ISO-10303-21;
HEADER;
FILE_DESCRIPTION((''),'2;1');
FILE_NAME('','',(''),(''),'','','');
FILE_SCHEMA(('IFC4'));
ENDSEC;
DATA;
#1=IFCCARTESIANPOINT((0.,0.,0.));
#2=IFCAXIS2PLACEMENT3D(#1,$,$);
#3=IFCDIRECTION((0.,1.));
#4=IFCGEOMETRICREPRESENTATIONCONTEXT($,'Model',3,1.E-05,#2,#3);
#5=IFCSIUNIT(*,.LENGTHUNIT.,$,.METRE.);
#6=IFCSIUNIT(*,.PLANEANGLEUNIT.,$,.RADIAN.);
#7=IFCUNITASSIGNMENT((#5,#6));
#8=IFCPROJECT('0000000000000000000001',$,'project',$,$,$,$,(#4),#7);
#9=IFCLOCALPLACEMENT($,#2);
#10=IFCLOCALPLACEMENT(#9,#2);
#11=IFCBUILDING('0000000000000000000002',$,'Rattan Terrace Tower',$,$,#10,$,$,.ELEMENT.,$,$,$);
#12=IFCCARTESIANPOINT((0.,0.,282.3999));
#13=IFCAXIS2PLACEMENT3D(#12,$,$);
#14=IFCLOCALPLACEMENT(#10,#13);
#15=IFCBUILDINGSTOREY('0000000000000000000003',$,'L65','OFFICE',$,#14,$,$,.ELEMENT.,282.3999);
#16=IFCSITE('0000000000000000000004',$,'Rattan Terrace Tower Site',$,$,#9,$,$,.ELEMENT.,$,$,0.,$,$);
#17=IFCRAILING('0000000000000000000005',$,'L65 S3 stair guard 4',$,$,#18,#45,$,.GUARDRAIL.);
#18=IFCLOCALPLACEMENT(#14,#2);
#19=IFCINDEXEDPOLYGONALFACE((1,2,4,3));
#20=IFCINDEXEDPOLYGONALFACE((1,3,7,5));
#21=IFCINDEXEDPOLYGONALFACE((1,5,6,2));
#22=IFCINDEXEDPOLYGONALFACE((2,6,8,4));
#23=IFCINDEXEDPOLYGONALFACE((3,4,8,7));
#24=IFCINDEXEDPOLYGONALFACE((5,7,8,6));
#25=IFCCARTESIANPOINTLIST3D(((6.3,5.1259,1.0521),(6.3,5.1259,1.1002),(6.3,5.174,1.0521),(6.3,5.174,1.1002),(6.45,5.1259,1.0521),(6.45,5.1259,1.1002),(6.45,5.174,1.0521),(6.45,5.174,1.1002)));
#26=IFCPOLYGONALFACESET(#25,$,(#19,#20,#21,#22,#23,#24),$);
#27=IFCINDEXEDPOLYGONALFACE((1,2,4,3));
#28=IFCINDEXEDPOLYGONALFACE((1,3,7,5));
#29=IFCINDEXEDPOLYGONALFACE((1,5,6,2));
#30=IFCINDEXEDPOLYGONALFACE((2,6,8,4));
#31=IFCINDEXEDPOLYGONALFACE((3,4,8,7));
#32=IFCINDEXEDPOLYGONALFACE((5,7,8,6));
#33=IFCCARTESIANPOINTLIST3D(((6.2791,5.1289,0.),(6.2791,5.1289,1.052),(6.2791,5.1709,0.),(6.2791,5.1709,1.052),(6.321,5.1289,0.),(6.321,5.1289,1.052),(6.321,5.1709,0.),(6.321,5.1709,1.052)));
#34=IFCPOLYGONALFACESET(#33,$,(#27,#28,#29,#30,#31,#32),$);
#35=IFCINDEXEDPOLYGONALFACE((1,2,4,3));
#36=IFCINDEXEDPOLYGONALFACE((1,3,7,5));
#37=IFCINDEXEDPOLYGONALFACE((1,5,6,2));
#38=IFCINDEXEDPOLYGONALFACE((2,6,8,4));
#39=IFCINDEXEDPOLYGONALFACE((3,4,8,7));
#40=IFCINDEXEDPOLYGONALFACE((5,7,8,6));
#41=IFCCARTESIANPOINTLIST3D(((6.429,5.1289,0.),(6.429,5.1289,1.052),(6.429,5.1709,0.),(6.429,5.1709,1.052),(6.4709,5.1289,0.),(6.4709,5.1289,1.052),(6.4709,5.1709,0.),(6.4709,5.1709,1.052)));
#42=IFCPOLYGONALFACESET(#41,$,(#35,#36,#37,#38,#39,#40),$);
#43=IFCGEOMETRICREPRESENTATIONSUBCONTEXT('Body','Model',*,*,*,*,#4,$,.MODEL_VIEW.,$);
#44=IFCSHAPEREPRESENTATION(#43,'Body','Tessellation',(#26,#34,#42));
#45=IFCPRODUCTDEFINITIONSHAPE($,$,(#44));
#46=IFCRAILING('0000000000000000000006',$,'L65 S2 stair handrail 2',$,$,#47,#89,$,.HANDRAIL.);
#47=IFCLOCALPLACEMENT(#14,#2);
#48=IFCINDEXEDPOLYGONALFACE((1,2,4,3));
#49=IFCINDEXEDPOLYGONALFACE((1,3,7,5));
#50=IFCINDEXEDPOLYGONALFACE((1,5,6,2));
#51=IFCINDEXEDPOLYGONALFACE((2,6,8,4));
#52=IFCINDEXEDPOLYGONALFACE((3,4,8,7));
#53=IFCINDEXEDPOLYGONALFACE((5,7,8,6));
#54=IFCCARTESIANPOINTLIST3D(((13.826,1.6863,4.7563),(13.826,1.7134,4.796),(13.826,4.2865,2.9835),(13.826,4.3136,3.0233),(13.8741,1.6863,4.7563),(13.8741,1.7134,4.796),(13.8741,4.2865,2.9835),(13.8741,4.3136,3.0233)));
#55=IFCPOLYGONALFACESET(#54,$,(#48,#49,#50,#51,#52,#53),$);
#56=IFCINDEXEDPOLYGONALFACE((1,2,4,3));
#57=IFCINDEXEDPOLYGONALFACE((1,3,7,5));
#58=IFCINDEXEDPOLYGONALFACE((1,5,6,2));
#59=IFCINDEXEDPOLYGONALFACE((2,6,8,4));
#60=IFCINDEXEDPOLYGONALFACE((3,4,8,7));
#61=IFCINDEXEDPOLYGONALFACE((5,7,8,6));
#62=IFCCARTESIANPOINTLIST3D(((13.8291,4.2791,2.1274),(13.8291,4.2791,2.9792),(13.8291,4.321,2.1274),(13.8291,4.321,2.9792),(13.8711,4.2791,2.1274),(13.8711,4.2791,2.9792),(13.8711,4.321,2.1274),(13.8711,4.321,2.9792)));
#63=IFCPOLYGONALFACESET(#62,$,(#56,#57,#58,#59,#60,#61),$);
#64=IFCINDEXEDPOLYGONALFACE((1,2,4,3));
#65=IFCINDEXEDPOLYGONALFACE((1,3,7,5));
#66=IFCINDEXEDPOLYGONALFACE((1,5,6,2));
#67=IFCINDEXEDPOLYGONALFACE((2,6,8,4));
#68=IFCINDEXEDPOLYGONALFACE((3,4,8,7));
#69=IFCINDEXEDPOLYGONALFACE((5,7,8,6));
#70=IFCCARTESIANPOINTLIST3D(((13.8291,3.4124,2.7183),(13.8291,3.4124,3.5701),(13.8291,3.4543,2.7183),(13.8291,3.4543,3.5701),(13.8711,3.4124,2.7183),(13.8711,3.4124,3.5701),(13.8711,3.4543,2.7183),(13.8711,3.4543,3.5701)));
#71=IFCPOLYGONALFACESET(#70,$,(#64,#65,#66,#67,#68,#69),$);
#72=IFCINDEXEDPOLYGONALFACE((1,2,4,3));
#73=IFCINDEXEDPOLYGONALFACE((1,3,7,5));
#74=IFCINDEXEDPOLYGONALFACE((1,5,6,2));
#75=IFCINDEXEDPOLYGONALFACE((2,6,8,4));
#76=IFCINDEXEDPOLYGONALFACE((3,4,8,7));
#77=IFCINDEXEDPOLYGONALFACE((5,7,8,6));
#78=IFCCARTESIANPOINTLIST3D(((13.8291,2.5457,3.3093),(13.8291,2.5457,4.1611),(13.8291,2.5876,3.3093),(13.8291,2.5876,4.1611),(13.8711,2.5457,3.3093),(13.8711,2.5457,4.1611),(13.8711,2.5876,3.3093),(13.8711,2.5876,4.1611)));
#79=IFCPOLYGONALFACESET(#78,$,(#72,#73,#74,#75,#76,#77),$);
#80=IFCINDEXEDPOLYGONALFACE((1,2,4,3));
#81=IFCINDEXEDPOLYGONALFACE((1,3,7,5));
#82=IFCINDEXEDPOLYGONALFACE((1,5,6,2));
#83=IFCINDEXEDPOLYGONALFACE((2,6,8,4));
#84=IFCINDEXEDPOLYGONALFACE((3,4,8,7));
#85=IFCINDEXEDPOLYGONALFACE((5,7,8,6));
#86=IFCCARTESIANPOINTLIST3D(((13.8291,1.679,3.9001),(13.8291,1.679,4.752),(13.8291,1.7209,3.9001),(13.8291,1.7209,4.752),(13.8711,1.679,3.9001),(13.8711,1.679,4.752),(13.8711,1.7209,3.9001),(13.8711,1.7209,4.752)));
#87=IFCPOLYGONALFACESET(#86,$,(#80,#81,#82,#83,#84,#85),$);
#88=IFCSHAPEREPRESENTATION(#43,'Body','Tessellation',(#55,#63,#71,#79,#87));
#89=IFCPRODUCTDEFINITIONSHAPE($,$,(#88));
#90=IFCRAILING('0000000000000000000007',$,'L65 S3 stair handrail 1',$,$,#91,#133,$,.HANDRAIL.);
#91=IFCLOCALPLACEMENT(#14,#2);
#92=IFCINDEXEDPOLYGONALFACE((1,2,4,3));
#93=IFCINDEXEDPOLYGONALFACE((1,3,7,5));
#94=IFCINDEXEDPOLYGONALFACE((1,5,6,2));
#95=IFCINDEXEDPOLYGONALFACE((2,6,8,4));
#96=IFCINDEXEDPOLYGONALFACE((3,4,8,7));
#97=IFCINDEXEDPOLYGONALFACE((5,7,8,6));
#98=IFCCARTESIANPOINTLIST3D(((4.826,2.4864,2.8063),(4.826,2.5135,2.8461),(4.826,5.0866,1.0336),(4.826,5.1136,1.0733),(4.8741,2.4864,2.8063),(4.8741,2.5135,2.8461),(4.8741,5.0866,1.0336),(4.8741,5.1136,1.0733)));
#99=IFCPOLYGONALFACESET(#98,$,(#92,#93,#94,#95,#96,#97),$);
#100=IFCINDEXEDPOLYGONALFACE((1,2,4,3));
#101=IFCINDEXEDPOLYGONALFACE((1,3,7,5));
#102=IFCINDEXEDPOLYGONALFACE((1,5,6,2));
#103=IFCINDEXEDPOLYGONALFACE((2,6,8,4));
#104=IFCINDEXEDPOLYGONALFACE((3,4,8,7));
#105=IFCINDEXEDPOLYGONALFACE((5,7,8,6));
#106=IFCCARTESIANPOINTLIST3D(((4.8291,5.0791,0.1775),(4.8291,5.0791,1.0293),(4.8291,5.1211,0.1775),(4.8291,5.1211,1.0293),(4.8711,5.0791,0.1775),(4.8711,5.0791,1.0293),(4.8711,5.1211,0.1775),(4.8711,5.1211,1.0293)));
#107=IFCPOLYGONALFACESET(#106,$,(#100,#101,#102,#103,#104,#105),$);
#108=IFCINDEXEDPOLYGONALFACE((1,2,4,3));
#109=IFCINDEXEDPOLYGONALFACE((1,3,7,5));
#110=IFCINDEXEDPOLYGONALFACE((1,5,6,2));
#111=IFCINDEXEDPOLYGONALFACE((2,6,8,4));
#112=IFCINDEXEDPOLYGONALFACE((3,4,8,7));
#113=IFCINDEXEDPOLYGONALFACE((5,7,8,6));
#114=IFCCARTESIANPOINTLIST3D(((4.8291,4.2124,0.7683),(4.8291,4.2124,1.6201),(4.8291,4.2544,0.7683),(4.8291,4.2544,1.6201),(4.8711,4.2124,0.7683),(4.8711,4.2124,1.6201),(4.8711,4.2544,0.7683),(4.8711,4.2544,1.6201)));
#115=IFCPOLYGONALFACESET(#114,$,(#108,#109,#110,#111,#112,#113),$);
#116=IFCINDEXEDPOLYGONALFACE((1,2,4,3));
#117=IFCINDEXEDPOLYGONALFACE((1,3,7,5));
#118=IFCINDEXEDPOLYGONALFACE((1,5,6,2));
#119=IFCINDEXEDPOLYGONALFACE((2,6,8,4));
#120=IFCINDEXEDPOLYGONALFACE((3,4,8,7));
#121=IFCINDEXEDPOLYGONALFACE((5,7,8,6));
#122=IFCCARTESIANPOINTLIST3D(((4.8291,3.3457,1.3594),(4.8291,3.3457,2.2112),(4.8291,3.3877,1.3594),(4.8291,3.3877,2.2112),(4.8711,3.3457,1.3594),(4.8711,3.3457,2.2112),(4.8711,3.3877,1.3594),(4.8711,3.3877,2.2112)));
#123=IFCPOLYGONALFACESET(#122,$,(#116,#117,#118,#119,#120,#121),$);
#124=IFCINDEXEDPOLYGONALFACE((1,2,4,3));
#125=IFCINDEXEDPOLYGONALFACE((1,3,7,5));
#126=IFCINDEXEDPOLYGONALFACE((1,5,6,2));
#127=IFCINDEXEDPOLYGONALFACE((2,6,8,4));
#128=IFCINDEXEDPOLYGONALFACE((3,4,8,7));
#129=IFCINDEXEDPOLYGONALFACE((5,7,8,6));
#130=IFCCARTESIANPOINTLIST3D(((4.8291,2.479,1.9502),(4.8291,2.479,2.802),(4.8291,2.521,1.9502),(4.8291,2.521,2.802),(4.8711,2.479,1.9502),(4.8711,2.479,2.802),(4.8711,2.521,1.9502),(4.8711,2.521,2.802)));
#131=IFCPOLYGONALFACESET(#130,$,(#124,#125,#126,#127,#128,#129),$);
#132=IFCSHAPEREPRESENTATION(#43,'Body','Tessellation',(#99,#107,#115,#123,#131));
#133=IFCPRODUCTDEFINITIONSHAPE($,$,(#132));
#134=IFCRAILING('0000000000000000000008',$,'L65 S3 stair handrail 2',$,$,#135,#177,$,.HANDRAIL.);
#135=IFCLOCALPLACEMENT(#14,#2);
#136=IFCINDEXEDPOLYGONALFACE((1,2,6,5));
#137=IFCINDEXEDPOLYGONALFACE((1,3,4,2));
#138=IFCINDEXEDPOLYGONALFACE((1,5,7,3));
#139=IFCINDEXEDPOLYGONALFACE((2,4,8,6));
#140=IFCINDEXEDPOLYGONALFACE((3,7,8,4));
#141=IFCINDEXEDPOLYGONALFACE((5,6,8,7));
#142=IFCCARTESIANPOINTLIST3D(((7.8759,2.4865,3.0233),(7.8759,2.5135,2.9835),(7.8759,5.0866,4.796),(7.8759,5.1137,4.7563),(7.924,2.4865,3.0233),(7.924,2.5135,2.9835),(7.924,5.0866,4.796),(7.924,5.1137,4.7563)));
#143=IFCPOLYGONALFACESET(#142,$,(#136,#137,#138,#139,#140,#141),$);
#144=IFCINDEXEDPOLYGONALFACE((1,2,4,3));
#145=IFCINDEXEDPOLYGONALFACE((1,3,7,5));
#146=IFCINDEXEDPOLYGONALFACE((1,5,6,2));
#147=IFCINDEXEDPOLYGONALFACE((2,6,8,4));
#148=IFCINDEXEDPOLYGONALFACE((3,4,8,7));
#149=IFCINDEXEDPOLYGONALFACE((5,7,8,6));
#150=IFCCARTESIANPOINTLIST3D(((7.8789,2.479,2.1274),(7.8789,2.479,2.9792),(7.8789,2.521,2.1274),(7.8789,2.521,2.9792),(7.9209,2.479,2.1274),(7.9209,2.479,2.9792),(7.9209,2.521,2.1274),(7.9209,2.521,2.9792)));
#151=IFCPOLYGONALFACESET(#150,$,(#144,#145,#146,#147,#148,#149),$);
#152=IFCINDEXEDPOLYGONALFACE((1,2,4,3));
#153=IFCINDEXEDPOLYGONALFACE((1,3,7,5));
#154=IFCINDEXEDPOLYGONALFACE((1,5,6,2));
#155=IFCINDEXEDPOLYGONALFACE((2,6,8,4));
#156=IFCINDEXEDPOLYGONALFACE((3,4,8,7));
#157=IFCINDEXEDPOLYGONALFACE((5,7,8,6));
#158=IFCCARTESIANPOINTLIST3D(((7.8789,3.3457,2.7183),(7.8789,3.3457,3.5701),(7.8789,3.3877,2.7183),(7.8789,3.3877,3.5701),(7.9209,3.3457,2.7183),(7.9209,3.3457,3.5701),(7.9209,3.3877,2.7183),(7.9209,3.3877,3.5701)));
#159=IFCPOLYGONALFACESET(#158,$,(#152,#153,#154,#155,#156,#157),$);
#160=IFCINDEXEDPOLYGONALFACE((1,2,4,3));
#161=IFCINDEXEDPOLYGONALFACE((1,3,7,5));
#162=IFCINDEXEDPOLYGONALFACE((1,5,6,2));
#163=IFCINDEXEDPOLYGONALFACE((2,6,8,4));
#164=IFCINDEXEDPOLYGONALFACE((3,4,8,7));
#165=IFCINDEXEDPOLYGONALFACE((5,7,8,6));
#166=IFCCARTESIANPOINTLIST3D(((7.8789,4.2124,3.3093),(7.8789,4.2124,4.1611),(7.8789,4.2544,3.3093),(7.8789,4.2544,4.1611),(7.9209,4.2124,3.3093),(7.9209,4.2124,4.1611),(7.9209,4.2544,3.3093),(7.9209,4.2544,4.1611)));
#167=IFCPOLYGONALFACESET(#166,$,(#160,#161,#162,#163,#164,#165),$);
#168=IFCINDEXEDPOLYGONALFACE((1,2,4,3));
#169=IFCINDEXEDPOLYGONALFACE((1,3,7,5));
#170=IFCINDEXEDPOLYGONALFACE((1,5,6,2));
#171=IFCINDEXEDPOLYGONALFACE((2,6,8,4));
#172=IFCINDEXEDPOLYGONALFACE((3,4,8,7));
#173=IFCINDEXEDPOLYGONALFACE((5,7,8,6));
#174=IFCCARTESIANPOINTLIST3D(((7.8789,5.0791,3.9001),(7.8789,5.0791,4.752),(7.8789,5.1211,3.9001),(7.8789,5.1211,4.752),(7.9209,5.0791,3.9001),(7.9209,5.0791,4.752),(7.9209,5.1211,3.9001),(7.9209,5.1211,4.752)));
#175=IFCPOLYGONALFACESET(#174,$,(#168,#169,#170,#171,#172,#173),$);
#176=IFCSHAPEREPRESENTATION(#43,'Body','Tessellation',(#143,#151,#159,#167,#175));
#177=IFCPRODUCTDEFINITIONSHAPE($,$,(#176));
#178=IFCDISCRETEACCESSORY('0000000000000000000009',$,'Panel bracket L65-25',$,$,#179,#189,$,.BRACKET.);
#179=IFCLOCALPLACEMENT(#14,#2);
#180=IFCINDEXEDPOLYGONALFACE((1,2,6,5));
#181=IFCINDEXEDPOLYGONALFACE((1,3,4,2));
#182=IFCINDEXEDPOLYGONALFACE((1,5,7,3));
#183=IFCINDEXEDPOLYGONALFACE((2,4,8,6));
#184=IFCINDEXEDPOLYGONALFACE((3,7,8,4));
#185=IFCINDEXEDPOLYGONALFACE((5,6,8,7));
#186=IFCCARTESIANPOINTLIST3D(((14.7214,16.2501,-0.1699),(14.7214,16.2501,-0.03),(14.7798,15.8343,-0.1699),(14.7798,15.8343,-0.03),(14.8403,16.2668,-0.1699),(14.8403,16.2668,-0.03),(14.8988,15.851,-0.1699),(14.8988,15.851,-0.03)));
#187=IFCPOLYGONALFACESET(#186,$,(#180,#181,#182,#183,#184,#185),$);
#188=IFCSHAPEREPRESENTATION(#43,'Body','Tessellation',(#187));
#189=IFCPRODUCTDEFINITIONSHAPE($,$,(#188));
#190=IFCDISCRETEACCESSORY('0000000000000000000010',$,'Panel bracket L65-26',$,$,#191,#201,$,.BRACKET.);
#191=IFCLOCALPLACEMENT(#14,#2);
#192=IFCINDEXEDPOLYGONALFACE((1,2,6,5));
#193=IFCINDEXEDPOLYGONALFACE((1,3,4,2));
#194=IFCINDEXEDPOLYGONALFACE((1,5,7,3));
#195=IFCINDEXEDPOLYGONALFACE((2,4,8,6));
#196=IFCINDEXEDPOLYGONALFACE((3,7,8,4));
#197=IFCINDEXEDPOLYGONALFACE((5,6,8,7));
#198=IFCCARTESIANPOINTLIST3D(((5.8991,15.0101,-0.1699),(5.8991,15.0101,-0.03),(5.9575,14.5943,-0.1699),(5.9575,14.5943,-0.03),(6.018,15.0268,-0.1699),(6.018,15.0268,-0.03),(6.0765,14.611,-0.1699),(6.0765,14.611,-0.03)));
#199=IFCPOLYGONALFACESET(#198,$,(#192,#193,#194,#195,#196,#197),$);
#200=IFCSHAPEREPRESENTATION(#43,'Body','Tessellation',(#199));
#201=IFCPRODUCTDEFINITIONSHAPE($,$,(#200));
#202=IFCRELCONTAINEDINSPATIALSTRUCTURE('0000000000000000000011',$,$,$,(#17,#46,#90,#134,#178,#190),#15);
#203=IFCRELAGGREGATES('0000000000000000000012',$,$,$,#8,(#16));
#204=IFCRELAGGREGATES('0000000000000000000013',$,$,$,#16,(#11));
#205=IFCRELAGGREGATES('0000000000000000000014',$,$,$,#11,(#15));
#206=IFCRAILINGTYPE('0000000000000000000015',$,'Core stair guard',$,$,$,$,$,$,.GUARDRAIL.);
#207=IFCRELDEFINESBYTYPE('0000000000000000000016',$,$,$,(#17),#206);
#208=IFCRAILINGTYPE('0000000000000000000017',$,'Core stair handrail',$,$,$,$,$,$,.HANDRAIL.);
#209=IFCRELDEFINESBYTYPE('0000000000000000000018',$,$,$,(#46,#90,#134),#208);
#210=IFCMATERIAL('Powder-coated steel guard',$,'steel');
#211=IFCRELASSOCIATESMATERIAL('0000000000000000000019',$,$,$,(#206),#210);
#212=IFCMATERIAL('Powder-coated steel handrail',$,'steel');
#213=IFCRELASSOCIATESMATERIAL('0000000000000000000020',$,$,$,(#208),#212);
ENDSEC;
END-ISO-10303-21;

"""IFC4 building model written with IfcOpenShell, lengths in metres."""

from ifc_helpers import new_model, si_unit, direction, frame, origin, origin_2d, place, context, subcontext, project, spatial, rectangle, extrude, material, type_object, element, save


model = new_model("IFC4")

# Units and contexts
model_context = context("Model", 3, precision=1e-05, world=origin(), true_north=direction((0.0, 1.0)))
body_context = subcontext(model_context, "Body", "Model", "MODEL_VIEW")
ifc_project = project(units=[si_unit("LENGTHUNIT", "METRE"), si_unit("PLANEANGLEUNIT", "RADIAN")], contexts=[model_context])

# Site, building, storey
site_placement = place(None, origin())
site = spatial("IfcSite", under=ifc_project, at=site_placement, Name="Rattan Terrace Tower Site", CompositionType="ELEMENT", RefElevation=0.0)
building_placement = place(site_placement, origin())
building = spatial("IfcBuilding", under=site, at=building_placement, Name="Rattan Terrace Tower", CompositionType="ELEMENT")
storey_placement = place(building_placement, frame((0.0, 0.0, 282.3999)))
storey = spatial("IfcBuildingStorey", under=building, at=storey_placement, Name="L65", Description="OFFICE", CompositionType="ELEMENT", Elevation=282.3999)

# Railings
ifc_material_1 = material(Name="Powder-coated steel guard", Category="steel")
railing_type_1 = type_object("IfcRailingType", Name="Core stair guard", PredefinedType="GUARDRAIL", material=ifc_material_1)
railing_1_placement = place(storey_placement, frame((6.3, 5.1499, 0.0)))
element("IfcRailing", 1, at=railing_1_placement, inside=storey, type_object=railing_type_1, Name="L65 S3 stair guard 4", PredefinedType="GUARDRAIL", context=body_context, shape_type="SweptSolid", body=[
    extrude(rectangle(XDim=0.0481, YDim=0.0481, at=origin_2d()), frame((0.0, 0.0, 1.0762), z_axis=(1.0, 0.0, 0.0), x_axis=(0.0, 1.0, 0.0)), (0.0, 0.0, 1.0), 0.1499),
    extrude(rectangle(XDim=0.042, YDim=0.042, at=origin_2d()), origin(), (0.0, 0.0, 1.0), 1.052),
    extrude(rectangle(XDim=0.042, YDim=0.042, at=origin_2d()), frame((0.1499, 0.0, 0.0)), (0.0, 0.0, 1.0), 1.052),
])
ifc_material_2 = material(Name="Powder-coated steel handrail", Category="steel")
railing_type_2 = type_object("IfcRailingType", Name="Core stair handrail", PredefinedType="HANDRAIL", material=ifc_material_2)
for number, where, name in (
    (2, (13.8501, 4.3, 2.1274), "L65 S2 stair handrail 2"),
    (3, (4.8501, 5.1001, 0.1775), "L65 S3 stair handrail 1"),
):
    element("IfcRailing", number, at=place(storey_placement, frame(where)), inside=storey, type_object=railing_type_2, Name=name, PredefinedType="HANDRAIL", context=body_context, shape_type="SweptSolid", body=[
        extrude(rectangle(XDim=0.0481, YDim=0.0481, at=origin_2d()), frame((0.0, 0.0, 0.876), z_axis=(0.0, -0.82624, 0.563318), x_axis=(1.0, 0.0, 0.0)), (0.0, 0.0, 1.0), 3.147),
        extrude(rectangle(XDim=0.042, YDim=0.042, at=origin_2d()), origin(), (0.0, 0.0, 1.0), 0.8518),
        extrude(rectangle(XDim=0.042, YDim=0.042, at=origin_2d()), frame((0.0, -0.8667, 0.5908)), (0.0, 0.0, 1.0), 0.8518),
        extrude(rectangle(XDim=0.042, YDim=0.042, at=origin_2d()), frame((0.0, -1.7334, 1.1819)), (0.0, 0.0, 1.0), 0.8518),
        extrude(rectangle(XDim=0.042, YDim=0.042, at=origin_2d()), frame((0.0, -2.6001, 1.7727)), (0.0, 0.0, 1.0), 0.8518),
    ])
railing_2_placement = place(storey_placement, frame((7.8999, 2.5, 2.1274)))
element("IfcRailing", 4, at=railing_2_placement, inside=storey, type_object=railing_type_2, Name="L65 S3 stair handrail 2", PredefinedType="HANDRAIL", context=body_context, shape_type="SweptSolid", body=[
    extrude(rectangle(XDim=0.0481, YDim=0.0481, at=origin_2d()), frame((0.0, 0.0, 0.876), z_axis=(0.0, 0.82624, 0.563318), x_axis=(-1.0, 0.0, 0.0)), (0.0, 0.0, 1.0), 3.147),
    extrude(rectangle(XDim=0.042, YDim=0.042, at=origin_2d()), origin(), (0.0, 0.0, 1.0), 0.8518),
    extrude(rectangle(XDim=0.042, YDim=0.042, at=origin_2d()), frame((0.0, 0.8667, 0.5908)), (0.0, 0.0, 1.0), 0.8518),
    extrude(rectangle(XDim=0.042, YDim=0.042, at=origin_2d()), frame((0.0, 1.7334, 1.1819)), (0.0, 0.0, 1.0), 0.8518),
    extrude(rectangle(XDim=0.042, YDim=0.042, at=origin_2d()), frame((0.0, 2.6001, 1.7727)), (0.0, 0.0, 1.0), 0.8518),
])

# Discrete accessories
for number, where, z_axis, x_axis, name in (
    (5, (14.8101, 16.0505, -0.1699), (0.0, 0.0, 1.0), (-0.990266, -0.139189, 0.0), "Panel bracket L65-25"),
    (6, (5.9878, 14.8105, -0.1699), (0.0, 0.0, 1.0), (-0.990266, -0.139189, 0.0), "Panel bracket L65-26"),
):
    element("IfcDiscreteAccessory", number, at=place(storey_placement, frame(where, z_axis=z_axis, x_axis=x_axis)), inside=storey, Name=name, PredefinedType="BRACKET", context=body_context, shape_type="SweptSolid", body=[
        extrude(rectangle(XDim=0.1201, YDim=0.4199, at=origin_2d()), origin(), (0.0, 0.0, 1.0), 0.1399),
    ])

save(model, "model.ifc")
